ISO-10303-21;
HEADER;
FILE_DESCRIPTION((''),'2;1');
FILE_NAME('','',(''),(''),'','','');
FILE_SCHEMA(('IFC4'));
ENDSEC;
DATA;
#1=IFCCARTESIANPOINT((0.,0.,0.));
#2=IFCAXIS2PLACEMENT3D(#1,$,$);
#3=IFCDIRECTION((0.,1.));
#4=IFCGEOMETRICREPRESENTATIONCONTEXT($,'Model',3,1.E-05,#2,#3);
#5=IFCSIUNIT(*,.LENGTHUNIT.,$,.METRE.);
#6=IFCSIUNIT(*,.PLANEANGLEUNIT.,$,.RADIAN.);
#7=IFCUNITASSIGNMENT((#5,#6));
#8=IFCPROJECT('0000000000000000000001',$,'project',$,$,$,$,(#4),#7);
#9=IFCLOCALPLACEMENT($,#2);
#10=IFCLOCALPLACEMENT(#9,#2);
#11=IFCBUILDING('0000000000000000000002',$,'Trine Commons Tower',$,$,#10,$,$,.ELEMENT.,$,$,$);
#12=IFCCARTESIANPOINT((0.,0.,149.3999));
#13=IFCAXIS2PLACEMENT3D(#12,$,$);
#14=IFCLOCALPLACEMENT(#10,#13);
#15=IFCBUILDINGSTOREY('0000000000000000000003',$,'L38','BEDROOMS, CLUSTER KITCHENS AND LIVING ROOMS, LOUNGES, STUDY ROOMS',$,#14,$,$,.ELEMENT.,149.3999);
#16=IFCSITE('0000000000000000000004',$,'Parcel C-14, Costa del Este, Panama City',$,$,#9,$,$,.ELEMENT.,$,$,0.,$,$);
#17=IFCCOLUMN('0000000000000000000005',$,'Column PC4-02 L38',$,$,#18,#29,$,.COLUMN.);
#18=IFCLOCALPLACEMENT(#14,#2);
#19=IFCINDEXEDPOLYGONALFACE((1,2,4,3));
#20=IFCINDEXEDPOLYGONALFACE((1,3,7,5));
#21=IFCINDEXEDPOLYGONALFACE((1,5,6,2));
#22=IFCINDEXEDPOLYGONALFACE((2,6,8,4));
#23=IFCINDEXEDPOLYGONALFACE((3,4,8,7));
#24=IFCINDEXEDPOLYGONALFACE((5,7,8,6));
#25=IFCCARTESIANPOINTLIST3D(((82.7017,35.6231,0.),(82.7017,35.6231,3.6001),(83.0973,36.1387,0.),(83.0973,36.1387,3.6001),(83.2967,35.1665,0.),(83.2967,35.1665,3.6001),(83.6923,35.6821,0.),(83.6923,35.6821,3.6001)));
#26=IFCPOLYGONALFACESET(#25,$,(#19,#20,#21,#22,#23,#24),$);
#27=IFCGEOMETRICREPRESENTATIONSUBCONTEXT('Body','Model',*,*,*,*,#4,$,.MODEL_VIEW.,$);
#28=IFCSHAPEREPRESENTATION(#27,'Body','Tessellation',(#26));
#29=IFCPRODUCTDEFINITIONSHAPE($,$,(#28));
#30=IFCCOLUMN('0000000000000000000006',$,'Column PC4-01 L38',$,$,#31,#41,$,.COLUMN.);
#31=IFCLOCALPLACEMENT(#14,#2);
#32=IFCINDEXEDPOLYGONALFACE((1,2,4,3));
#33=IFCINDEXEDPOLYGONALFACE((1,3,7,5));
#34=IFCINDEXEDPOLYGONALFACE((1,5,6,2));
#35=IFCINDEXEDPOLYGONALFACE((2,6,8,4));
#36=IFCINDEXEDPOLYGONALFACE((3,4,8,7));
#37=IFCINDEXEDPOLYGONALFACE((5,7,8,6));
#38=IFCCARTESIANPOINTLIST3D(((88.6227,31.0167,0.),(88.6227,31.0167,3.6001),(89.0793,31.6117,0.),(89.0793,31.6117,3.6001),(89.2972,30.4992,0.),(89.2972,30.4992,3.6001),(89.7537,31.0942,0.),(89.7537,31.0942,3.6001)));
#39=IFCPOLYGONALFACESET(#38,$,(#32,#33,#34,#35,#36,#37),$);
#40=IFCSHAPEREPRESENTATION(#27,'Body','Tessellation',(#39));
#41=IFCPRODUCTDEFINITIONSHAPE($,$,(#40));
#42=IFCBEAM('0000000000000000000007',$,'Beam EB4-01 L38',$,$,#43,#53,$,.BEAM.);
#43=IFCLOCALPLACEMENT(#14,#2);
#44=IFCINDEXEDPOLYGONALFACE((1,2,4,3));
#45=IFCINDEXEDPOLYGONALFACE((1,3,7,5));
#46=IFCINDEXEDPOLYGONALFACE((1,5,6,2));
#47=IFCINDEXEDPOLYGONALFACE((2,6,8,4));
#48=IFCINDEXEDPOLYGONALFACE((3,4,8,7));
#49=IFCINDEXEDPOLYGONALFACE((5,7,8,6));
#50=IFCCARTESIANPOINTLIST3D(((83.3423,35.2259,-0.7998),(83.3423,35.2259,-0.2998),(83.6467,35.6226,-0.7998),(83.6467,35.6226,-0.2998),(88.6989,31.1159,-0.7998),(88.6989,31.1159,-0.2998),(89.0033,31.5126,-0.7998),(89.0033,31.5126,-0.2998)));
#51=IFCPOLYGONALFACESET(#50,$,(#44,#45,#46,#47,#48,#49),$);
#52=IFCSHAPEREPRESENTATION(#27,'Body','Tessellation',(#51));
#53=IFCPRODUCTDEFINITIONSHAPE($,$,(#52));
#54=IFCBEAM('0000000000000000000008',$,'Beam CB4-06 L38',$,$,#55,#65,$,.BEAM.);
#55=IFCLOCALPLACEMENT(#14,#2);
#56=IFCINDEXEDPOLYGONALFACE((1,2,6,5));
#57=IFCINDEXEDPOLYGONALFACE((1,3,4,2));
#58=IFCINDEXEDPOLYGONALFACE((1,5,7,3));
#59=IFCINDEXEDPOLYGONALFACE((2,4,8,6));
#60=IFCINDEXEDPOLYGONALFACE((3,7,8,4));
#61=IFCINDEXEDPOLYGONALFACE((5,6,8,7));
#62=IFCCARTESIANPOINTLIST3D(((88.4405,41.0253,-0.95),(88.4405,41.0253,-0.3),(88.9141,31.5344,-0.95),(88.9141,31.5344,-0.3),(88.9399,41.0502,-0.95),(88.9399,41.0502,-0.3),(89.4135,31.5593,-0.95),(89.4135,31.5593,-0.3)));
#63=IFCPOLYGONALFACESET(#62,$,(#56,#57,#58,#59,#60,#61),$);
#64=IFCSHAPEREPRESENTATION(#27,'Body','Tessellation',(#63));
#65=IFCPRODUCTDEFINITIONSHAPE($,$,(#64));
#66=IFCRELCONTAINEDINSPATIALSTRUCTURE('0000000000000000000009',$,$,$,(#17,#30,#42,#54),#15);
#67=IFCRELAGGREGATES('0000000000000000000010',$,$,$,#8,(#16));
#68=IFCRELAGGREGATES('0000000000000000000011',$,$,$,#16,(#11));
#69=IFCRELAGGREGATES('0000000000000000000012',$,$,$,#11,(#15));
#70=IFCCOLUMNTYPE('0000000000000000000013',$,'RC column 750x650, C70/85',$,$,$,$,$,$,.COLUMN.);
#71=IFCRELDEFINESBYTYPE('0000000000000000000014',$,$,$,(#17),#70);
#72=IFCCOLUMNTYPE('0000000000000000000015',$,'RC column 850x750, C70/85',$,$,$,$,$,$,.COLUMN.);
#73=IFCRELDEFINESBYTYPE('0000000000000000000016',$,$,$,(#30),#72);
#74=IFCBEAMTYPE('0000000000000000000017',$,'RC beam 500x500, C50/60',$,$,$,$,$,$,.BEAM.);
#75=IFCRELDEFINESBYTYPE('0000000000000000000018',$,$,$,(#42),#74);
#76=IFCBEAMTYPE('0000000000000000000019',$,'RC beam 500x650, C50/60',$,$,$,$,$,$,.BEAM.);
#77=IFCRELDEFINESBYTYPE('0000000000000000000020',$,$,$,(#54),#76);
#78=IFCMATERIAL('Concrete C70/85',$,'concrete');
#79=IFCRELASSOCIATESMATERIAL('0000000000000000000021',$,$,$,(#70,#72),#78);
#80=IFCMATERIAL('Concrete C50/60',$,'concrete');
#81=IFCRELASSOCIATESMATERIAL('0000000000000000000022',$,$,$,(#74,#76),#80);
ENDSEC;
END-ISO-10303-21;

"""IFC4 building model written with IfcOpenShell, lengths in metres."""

from ifc_helpers import new_model, si_unit, direction, frame, origin, origin_2d, place, context, subcontext, project, spatial, rectangle, extrude, material, material_profile, profile_set, type_object, element, save


model = new_model("IFC4")

# Units and contexts
model_context = context("Model", 3, precision=1e-05, world=origin(), true_north=direction((0.0, 1.0)))
body_context = subcontext(model_context, "Body", "Model", "MODEL_VIEW")
ifc_project = project(units=[si_unit("LENGTHUNIT", "METRE"), si_unit("PLANEANGLEUNIT", "RADIAN")], contexts=[model_context])

# Site, building, storey
site_placement = place(None, origin())
site = spatial("IfcSite", under=ifc_project, at=site_placement, Name="Parcel C-14, Costa del Este, Panama City", CompositionType="ELEMENT", RefElevation=0.0)
building_placement = place(site_placement, origin())
building = spatial("IfcBuilding", under=site, at=building_placement, Name="Trine Commons Tower", CompositionType="ELEMENT")
storey_placement = place(building_placement, frame((0.0, 0.0, 149.3999)))
storey = spatial("IfcBuildingStorey", under=building, at=storey_placement, Name="L38", Description="BEDROOMS, CLUSTER KITCHENS AND LIVING ROOMS, LOUNGES, STUDY ROOMS", CompositionType="ELEMENT", Elevation=149.3999)

# Columns
ifc_material_1 = material(Name="Concrete C70/85", Category="concrete")
ifc_material_profile_1 = material_profile(ifc_material_1, rectangle(XDim=0.75, YDim=0.6499, at=origin_2d()), Name="RC 750x650")
ifc_profile_set_1 = profile_set([ifc_material_profile_1], Name="Concrete C70/85")
column_type_1 = type_object("IfcColumnType", Name="RC column 750x650, C70/85", PredefinedType="COLUMN", material=ifc_profile_set_1)
column_1_placement = place(storey_placement, frame((83.197, 35.6526, 0.0), z_axis=(0.0, 0.0, 1.0), x_axis=(-0.793353, 0.608761, 0.0)))
element("IfcColumn", 1, at=column_1_placement, inside=storey, type_object=column_type_1, Name="Column PC4-02 L38", PredefinedType="COLUMN", context=body_context, shape_type="SweptSolid", body=[
    extrude(rectangle(XDim=0.75, YDim=0.6499, at=origin_2d()), origin(), (0.0, 0.0, 1.0), 3.6001),
])
ifc_material_profile_2 = material_profile(ifc_material_1, rectangle(XDim=0.8501, YDim=0.75, at=origin_2d()), Name="RC 850x750")
ifc_profile_set_2 = profile_set([ifc_material_profile_2], Name="Concrete C70/85")
column_type_2 = type_object("IfcColumnType", Name="RC column 850x750, C70/85", PredefinedType="COLUMN", material=ifc_profile_set_2)
column_2_placement = place(storey_placement, frame((89.1882, 31.0554, 0.0), z_axis=(0.0, 0.0, 1.0), x_axis=(-0.793353, 0.608761, 0.0)))
element("IfcColumn", 2, at=column_2_placement, inside=storey, type_object=column_type_2, Name="Column PC4-01 L38", PredefinedType="COLUMN", context=body_context, shape_type="SweptSolid", body=[
    extrude(rectangle(XDim=0.8501, YDim=0.75, at=origin_2d()), origin(), (0.0, 0.0, 1.0), 3.6001),
])

# Beams
ifc_material_2 = material(Name="Concrete C50/60", Category="concrete")
ifc_material_profile_3 = material_profile(ifc_material_2, rectangle(XDim=0.5, YDim=0.5, at=origin_2d()), Name="RC 500x500")
ifc_profile_set_3 = profile_set([ifc_material_profile_3], Name="Concrete C50/60")
beam_type_1 = type_object("IfcBeamType", Name="RC beam 500x500, C50/60", PredefinedType="BEAM", material=ifc_profile_set_3)
beam_1_placement = place(storey_placement, frame((88.8511, 31.3142, -0.5498), z_axis=(-0.793369, 0.60874, 0.0), x_axis=(-0.60874, -0.793369, 0.0)))
element("IfcBeam", 3, at=beam_1_placement, inside=storey, type_object=beam_type_1, Name="Beam EB4-01 L38", PredefinedType="BEAM", context=body_context, shape_type="SweptSolid", body=[
    extrude(rectangle(XDim=0.5, YDim=0.5, at=origin_2d()), origin(), (0.0, 0.0, 1.0), 6.7517),
])
ifc_material_profile_4 = material_profile(ifc_material_2, rectangle(XDim=0.5, YDim=0.6499, at=origin_2d()), Name="RC 500x650")
ifc_profile_set_4 = profile_set([ifc_material_profile_4], Name="Concrete C50/60")
beam_type_2 = type_object("IfcBeamType", Name="RC beam 500x650, C50/60", PredefinedType="BEAM", material=ifc_profile_set_4)
beam_2_placement = place(storey_placement, frame((89.1638, 31.5469, -0.625), z_axis=(-0.049842, 0.998757, 0.0), x_axis=(-0.998757, -0.049842, 0.0)))
element("IfcBeam", 4, at=beam_2_placement, inside=storey, type_object=beam_type_2, Name="Beam CB4-06 L38", PredefinedType="BEAM", context=body_context, shape_type="SweptSolid", body=[
    extrude(rectangle(XDim=0.5, YDim=0.6499, at=origin_2d()), origin(), (0.0, 0.0, 1.0), 9.5027),
])

save(model, "model.ifc")
